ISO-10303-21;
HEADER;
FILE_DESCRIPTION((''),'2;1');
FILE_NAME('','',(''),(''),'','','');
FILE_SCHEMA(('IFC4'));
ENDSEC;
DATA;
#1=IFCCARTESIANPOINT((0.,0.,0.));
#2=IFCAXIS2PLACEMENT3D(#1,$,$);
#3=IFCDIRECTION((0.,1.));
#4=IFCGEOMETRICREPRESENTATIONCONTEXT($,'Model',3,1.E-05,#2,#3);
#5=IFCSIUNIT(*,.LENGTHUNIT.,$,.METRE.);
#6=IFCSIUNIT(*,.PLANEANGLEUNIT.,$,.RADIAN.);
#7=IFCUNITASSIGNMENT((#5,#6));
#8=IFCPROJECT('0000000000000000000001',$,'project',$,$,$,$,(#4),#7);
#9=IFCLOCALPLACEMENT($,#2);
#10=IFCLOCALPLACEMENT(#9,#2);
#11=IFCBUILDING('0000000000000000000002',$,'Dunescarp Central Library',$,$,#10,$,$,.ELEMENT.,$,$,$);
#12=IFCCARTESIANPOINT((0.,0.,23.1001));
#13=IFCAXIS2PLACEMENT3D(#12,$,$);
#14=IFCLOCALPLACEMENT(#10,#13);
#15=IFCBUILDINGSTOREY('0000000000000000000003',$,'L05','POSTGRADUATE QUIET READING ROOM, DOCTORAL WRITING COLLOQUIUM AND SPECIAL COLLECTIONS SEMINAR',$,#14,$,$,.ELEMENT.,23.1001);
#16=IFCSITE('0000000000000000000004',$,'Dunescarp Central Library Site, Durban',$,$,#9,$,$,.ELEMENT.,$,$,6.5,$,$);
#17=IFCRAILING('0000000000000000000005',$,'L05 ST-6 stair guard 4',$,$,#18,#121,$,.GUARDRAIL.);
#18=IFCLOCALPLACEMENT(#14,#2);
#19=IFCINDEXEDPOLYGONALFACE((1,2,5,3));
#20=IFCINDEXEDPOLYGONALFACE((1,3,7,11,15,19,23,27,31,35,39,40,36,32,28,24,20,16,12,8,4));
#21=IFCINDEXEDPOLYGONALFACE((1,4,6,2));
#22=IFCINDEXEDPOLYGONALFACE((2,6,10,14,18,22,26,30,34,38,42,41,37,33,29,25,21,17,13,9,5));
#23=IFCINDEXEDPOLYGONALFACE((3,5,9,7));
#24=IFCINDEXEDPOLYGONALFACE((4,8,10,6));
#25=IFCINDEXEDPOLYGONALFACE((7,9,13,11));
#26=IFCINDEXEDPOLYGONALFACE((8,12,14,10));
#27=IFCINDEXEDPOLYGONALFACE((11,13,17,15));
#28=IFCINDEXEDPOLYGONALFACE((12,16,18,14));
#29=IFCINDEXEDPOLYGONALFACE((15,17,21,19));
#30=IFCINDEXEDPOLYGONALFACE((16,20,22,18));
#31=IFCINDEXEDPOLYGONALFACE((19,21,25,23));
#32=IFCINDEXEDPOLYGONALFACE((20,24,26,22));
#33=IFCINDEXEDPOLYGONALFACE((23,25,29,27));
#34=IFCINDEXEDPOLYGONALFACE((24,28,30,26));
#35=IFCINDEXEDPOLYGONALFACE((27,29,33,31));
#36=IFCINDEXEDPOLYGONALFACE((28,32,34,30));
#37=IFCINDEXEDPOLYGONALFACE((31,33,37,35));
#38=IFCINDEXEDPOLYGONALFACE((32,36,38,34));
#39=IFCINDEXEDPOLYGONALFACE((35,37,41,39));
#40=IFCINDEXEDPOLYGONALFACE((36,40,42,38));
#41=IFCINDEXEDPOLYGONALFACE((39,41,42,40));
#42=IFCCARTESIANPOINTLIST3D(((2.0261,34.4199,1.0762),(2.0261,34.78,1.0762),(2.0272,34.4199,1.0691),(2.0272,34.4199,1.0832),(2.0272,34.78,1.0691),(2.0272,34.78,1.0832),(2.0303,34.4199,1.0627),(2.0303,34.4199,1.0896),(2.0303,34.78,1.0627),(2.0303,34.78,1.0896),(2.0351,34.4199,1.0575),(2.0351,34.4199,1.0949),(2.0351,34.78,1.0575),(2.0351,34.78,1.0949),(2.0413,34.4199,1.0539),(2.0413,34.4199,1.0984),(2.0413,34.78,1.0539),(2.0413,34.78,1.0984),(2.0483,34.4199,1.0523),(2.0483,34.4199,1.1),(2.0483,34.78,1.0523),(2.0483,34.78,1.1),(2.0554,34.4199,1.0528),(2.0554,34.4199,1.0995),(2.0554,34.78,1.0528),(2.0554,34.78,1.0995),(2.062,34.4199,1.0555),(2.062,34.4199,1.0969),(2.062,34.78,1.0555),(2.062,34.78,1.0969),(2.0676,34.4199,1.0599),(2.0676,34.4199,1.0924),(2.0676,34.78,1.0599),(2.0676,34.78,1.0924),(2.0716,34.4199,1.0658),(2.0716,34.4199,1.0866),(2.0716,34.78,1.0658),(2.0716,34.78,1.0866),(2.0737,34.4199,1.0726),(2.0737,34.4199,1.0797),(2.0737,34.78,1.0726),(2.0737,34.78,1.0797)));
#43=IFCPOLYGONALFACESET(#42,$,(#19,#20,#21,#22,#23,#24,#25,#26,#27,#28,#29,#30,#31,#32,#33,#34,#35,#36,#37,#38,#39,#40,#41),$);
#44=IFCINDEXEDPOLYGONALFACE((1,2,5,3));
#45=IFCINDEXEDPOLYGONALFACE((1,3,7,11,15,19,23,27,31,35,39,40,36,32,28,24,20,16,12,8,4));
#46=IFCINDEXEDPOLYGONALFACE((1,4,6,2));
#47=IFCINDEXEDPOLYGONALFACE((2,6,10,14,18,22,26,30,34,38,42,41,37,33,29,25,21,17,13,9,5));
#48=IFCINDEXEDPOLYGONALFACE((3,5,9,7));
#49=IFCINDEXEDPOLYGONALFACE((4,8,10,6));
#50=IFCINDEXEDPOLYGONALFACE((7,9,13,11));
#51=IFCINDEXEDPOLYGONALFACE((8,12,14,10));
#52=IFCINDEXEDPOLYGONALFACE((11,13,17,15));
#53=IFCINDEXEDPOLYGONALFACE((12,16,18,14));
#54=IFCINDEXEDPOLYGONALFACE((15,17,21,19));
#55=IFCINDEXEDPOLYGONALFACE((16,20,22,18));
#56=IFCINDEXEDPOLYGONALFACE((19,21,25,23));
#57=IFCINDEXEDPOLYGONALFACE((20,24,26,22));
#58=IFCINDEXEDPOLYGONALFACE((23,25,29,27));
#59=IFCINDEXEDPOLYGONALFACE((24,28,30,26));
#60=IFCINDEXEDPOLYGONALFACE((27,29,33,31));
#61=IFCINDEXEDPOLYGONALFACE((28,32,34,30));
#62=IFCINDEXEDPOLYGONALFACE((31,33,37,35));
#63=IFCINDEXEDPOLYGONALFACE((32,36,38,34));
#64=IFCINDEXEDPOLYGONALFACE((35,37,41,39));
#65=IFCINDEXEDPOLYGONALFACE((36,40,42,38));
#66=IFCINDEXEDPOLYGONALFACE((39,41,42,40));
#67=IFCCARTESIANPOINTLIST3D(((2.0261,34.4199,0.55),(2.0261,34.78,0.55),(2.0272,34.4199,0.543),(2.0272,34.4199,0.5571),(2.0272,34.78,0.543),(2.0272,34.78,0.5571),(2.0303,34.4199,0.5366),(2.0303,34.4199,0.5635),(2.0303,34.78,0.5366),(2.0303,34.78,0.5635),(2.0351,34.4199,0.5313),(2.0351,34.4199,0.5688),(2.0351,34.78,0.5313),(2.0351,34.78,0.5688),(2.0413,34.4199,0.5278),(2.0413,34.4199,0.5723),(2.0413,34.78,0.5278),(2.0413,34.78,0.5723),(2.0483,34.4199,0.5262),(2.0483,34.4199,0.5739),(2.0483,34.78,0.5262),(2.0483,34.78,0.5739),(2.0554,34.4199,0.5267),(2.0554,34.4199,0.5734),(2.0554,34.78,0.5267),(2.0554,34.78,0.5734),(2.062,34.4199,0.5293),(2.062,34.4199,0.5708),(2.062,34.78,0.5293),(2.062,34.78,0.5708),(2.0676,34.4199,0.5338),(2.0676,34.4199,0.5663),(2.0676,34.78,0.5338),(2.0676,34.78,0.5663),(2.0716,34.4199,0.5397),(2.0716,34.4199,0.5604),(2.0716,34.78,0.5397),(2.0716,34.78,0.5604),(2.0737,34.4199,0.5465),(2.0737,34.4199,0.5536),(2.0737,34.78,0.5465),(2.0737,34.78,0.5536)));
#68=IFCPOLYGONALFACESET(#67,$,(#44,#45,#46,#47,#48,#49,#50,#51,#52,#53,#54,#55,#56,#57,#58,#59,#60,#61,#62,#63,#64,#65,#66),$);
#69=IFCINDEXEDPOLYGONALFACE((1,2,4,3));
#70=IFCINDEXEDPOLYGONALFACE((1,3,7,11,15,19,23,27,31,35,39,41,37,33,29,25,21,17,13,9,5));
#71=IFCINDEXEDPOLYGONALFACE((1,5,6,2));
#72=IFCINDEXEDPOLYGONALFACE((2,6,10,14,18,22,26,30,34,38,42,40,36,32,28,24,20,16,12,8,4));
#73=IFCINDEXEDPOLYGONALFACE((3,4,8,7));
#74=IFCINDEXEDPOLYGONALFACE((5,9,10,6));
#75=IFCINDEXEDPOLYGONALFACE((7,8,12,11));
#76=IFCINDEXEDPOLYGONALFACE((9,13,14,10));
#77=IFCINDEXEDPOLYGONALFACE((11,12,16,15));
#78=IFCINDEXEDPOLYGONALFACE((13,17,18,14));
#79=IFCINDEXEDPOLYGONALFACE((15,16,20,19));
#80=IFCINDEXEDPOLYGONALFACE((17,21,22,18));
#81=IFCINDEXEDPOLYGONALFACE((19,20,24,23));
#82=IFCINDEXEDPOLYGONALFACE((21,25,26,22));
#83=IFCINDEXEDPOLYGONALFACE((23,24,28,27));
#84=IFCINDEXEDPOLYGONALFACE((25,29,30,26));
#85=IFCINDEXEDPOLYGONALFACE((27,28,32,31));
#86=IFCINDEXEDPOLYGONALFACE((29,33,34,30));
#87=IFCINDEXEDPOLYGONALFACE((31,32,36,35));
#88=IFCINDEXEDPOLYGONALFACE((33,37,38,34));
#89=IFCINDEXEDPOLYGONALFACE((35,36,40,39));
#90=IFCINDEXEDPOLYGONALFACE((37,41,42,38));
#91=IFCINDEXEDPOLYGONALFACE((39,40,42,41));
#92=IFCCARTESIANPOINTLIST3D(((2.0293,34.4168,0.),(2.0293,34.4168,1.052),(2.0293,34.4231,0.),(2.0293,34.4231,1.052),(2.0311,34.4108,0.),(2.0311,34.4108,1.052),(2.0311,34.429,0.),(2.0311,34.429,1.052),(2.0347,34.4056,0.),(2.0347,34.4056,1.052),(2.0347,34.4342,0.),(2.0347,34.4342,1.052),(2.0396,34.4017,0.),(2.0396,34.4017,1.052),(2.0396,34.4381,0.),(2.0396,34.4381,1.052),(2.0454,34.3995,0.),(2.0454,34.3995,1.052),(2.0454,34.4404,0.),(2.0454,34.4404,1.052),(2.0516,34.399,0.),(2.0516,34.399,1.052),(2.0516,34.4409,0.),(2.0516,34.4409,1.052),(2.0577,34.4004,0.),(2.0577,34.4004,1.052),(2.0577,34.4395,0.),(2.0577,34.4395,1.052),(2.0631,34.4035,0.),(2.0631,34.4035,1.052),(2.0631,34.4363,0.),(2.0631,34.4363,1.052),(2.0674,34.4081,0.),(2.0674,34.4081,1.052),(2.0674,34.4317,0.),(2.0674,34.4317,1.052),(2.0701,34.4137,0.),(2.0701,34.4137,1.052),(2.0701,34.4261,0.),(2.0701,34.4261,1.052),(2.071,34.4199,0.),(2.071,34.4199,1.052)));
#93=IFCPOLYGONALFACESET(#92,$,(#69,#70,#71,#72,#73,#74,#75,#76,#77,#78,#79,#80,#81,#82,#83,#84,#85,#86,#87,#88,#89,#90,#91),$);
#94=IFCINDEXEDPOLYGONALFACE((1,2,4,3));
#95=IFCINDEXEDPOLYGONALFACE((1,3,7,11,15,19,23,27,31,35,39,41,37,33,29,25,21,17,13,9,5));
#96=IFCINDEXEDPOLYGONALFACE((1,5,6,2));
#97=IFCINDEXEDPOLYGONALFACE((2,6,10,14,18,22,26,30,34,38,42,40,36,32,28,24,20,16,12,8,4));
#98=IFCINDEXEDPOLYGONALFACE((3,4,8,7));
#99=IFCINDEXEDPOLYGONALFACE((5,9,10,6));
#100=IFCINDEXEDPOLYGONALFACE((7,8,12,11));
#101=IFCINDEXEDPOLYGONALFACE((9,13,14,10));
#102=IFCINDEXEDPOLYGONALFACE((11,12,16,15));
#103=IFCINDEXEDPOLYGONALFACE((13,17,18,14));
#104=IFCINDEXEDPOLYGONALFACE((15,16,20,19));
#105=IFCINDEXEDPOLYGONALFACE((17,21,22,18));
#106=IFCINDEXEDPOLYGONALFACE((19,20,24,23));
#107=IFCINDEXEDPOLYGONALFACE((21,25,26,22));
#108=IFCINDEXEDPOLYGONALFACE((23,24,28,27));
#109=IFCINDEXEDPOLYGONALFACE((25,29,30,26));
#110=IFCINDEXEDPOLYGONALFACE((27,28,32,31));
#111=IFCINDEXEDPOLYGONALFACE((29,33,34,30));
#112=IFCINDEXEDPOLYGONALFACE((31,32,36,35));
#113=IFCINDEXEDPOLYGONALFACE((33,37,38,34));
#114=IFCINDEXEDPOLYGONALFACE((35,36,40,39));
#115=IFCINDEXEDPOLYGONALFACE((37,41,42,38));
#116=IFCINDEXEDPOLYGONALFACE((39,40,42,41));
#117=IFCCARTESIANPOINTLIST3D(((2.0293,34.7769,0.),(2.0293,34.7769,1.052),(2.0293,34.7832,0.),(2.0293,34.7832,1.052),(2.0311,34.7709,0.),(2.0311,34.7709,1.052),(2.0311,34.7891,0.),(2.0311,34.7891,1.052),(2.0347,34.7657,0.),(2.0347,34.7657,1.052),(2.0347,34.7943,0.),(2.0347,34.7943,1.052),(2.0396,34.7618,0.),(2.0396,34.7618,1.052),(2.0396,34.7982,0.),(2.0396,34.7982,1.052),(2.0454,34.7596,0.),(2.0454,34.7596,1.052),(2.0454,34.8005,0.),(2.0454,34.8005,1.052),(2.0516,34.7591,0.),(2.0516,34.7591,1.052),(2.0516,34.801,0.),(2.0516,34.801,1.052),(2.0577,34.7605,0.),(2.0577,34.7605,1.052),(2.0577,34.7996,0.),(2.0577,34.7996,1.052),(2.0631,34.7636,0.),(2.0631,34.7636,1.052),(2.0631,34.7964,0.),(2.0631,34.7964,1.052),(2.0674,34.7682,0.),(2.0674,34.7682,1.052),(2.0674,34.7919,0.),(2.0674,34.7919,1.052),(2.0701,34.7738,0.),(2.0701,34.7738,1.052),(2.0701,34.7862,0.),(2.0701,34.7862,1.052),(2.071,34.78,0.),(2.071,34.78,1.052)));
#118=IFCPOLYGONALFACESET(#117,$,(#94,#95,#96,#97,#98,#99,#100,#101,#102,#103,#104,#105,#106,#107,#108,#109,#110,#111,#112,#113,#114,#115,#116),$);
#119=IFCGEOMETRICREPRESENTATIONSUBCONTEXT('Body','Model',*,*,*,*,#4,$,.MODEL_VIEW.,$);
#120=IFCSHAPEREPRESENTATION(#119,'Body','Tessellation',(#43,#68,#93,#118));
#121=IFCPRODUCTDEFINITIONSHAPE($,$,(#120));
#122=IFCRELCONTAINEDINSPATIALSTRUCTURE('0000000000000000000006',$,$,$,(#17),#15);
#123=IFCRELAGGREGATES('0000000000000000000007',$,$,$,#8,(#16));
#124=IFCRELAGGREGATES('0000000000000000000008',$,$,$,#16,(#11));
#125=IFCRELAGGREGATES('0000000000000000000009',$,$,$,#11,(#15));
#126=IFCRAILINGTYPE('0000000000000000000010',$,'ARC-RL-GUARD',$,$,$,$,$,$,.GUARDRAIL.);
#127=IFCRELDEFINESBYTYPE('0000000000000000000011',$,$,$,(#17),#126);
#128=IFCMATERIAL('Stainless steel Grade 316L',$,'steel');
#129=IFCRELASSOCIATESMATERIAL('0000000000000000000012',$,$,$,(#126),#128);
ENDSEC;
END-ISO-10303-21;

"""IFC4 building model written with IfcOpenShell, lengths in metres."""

from ifc_helpers import new_model, si_unit, direction, frame, origin, origin_2d, place, context, subcontext, project, spatial, circle, extrude, material, type_object, element, save


model = new_model("IFC4")

# Units and contexts
model_context = context("Model", 3, precision=1e-05, world=origin(), true_north=direction((0.0, 1.0)))
body_context = subcontext(model_context, "Body", "Model", "MODEL_VIEW")
ifc_project = project(units=[si_unit("LENGTHUNIT", "METRE"), si_unit("PLANEANGLEUNIT", "RADIAN")], contexts=[model_context])

# Site, building, storey
site_placement = place(None, origin())
site = spatial("IfcSite", under=ifc_project, at=site_placement, Name="Dunescarp Central Library Site, Durban", CompositionType="ELEMENT", RefElevation=6.5)
building_placement = place(site_placement, origin())
building = spatial("IfcBuilding", under=site, at=building_placement, Name="Dunescarp Central Library", CompositionType="ELEMENT")
storey_placement = place(building_placement, frame((0.0, 0.0, 23.1001)))
storey = spatial("IfcBuildingStorey", under=building, at=storey_placement, Name="L05", Description="POSTGRADUATE QUIET READING ROOM, DOCTORAL WRITING COLLOQUIUM AND SPECIAL COLLECTIONS SEMINAR", CompositionType="ELEMENT", Elevation=23.1001)

# Railing
ifc_material_1 = material(Name="Stainless steel Grade 316L", Category="steel")
railing_type_1 = type_object("IfcRailingType", Name="ARC-RL-GUARD", PredefinedType="GUARDRAIL", material=ifc_material_1)
railing_1_placement = place(storey_placement, frame((2.05, 34.4199, 0.0)))
element("IfcRailing", 1, at=railing_1_placement, inside=storey, type_object=railing_type_1, Name="L05 ST-6 stair guard 4", PredefinedType="GUARDRAIL", context=body_context, shape_type="SweptSolid", body=[
    extrude(circle(Radius=0.0239, at=origin_2d()), frame((0.0, 0.0, 1.0762), z_axis=(0.0, 1.0, 0.0), x_axis=(-1.0, 0.0, 0.0)), (0.0, 0.0, 1.0), 0.3601),
    extrude(circle(Radius=0.0239, at=origin_2d()), frame((0.0, 0.0, 0.55), z_axis=(0.0, 1.0, 0.0), x_axis=(-1.0, 0.0, 0.0)), (0.0, 0.0, 1.0), 0.3601),
    extrude(circle(Radius=0.021, at=origin_2d()), origin(), (0.0, 0.0, 1.0), 1.052),
    extrude(circle(Radius=0.021, at=origin_2d()), frame((0.0, 0.3601, 0.0)), (0.0, 0.0, 1.0), 1.052),
])

save(model, "model.ifc")
